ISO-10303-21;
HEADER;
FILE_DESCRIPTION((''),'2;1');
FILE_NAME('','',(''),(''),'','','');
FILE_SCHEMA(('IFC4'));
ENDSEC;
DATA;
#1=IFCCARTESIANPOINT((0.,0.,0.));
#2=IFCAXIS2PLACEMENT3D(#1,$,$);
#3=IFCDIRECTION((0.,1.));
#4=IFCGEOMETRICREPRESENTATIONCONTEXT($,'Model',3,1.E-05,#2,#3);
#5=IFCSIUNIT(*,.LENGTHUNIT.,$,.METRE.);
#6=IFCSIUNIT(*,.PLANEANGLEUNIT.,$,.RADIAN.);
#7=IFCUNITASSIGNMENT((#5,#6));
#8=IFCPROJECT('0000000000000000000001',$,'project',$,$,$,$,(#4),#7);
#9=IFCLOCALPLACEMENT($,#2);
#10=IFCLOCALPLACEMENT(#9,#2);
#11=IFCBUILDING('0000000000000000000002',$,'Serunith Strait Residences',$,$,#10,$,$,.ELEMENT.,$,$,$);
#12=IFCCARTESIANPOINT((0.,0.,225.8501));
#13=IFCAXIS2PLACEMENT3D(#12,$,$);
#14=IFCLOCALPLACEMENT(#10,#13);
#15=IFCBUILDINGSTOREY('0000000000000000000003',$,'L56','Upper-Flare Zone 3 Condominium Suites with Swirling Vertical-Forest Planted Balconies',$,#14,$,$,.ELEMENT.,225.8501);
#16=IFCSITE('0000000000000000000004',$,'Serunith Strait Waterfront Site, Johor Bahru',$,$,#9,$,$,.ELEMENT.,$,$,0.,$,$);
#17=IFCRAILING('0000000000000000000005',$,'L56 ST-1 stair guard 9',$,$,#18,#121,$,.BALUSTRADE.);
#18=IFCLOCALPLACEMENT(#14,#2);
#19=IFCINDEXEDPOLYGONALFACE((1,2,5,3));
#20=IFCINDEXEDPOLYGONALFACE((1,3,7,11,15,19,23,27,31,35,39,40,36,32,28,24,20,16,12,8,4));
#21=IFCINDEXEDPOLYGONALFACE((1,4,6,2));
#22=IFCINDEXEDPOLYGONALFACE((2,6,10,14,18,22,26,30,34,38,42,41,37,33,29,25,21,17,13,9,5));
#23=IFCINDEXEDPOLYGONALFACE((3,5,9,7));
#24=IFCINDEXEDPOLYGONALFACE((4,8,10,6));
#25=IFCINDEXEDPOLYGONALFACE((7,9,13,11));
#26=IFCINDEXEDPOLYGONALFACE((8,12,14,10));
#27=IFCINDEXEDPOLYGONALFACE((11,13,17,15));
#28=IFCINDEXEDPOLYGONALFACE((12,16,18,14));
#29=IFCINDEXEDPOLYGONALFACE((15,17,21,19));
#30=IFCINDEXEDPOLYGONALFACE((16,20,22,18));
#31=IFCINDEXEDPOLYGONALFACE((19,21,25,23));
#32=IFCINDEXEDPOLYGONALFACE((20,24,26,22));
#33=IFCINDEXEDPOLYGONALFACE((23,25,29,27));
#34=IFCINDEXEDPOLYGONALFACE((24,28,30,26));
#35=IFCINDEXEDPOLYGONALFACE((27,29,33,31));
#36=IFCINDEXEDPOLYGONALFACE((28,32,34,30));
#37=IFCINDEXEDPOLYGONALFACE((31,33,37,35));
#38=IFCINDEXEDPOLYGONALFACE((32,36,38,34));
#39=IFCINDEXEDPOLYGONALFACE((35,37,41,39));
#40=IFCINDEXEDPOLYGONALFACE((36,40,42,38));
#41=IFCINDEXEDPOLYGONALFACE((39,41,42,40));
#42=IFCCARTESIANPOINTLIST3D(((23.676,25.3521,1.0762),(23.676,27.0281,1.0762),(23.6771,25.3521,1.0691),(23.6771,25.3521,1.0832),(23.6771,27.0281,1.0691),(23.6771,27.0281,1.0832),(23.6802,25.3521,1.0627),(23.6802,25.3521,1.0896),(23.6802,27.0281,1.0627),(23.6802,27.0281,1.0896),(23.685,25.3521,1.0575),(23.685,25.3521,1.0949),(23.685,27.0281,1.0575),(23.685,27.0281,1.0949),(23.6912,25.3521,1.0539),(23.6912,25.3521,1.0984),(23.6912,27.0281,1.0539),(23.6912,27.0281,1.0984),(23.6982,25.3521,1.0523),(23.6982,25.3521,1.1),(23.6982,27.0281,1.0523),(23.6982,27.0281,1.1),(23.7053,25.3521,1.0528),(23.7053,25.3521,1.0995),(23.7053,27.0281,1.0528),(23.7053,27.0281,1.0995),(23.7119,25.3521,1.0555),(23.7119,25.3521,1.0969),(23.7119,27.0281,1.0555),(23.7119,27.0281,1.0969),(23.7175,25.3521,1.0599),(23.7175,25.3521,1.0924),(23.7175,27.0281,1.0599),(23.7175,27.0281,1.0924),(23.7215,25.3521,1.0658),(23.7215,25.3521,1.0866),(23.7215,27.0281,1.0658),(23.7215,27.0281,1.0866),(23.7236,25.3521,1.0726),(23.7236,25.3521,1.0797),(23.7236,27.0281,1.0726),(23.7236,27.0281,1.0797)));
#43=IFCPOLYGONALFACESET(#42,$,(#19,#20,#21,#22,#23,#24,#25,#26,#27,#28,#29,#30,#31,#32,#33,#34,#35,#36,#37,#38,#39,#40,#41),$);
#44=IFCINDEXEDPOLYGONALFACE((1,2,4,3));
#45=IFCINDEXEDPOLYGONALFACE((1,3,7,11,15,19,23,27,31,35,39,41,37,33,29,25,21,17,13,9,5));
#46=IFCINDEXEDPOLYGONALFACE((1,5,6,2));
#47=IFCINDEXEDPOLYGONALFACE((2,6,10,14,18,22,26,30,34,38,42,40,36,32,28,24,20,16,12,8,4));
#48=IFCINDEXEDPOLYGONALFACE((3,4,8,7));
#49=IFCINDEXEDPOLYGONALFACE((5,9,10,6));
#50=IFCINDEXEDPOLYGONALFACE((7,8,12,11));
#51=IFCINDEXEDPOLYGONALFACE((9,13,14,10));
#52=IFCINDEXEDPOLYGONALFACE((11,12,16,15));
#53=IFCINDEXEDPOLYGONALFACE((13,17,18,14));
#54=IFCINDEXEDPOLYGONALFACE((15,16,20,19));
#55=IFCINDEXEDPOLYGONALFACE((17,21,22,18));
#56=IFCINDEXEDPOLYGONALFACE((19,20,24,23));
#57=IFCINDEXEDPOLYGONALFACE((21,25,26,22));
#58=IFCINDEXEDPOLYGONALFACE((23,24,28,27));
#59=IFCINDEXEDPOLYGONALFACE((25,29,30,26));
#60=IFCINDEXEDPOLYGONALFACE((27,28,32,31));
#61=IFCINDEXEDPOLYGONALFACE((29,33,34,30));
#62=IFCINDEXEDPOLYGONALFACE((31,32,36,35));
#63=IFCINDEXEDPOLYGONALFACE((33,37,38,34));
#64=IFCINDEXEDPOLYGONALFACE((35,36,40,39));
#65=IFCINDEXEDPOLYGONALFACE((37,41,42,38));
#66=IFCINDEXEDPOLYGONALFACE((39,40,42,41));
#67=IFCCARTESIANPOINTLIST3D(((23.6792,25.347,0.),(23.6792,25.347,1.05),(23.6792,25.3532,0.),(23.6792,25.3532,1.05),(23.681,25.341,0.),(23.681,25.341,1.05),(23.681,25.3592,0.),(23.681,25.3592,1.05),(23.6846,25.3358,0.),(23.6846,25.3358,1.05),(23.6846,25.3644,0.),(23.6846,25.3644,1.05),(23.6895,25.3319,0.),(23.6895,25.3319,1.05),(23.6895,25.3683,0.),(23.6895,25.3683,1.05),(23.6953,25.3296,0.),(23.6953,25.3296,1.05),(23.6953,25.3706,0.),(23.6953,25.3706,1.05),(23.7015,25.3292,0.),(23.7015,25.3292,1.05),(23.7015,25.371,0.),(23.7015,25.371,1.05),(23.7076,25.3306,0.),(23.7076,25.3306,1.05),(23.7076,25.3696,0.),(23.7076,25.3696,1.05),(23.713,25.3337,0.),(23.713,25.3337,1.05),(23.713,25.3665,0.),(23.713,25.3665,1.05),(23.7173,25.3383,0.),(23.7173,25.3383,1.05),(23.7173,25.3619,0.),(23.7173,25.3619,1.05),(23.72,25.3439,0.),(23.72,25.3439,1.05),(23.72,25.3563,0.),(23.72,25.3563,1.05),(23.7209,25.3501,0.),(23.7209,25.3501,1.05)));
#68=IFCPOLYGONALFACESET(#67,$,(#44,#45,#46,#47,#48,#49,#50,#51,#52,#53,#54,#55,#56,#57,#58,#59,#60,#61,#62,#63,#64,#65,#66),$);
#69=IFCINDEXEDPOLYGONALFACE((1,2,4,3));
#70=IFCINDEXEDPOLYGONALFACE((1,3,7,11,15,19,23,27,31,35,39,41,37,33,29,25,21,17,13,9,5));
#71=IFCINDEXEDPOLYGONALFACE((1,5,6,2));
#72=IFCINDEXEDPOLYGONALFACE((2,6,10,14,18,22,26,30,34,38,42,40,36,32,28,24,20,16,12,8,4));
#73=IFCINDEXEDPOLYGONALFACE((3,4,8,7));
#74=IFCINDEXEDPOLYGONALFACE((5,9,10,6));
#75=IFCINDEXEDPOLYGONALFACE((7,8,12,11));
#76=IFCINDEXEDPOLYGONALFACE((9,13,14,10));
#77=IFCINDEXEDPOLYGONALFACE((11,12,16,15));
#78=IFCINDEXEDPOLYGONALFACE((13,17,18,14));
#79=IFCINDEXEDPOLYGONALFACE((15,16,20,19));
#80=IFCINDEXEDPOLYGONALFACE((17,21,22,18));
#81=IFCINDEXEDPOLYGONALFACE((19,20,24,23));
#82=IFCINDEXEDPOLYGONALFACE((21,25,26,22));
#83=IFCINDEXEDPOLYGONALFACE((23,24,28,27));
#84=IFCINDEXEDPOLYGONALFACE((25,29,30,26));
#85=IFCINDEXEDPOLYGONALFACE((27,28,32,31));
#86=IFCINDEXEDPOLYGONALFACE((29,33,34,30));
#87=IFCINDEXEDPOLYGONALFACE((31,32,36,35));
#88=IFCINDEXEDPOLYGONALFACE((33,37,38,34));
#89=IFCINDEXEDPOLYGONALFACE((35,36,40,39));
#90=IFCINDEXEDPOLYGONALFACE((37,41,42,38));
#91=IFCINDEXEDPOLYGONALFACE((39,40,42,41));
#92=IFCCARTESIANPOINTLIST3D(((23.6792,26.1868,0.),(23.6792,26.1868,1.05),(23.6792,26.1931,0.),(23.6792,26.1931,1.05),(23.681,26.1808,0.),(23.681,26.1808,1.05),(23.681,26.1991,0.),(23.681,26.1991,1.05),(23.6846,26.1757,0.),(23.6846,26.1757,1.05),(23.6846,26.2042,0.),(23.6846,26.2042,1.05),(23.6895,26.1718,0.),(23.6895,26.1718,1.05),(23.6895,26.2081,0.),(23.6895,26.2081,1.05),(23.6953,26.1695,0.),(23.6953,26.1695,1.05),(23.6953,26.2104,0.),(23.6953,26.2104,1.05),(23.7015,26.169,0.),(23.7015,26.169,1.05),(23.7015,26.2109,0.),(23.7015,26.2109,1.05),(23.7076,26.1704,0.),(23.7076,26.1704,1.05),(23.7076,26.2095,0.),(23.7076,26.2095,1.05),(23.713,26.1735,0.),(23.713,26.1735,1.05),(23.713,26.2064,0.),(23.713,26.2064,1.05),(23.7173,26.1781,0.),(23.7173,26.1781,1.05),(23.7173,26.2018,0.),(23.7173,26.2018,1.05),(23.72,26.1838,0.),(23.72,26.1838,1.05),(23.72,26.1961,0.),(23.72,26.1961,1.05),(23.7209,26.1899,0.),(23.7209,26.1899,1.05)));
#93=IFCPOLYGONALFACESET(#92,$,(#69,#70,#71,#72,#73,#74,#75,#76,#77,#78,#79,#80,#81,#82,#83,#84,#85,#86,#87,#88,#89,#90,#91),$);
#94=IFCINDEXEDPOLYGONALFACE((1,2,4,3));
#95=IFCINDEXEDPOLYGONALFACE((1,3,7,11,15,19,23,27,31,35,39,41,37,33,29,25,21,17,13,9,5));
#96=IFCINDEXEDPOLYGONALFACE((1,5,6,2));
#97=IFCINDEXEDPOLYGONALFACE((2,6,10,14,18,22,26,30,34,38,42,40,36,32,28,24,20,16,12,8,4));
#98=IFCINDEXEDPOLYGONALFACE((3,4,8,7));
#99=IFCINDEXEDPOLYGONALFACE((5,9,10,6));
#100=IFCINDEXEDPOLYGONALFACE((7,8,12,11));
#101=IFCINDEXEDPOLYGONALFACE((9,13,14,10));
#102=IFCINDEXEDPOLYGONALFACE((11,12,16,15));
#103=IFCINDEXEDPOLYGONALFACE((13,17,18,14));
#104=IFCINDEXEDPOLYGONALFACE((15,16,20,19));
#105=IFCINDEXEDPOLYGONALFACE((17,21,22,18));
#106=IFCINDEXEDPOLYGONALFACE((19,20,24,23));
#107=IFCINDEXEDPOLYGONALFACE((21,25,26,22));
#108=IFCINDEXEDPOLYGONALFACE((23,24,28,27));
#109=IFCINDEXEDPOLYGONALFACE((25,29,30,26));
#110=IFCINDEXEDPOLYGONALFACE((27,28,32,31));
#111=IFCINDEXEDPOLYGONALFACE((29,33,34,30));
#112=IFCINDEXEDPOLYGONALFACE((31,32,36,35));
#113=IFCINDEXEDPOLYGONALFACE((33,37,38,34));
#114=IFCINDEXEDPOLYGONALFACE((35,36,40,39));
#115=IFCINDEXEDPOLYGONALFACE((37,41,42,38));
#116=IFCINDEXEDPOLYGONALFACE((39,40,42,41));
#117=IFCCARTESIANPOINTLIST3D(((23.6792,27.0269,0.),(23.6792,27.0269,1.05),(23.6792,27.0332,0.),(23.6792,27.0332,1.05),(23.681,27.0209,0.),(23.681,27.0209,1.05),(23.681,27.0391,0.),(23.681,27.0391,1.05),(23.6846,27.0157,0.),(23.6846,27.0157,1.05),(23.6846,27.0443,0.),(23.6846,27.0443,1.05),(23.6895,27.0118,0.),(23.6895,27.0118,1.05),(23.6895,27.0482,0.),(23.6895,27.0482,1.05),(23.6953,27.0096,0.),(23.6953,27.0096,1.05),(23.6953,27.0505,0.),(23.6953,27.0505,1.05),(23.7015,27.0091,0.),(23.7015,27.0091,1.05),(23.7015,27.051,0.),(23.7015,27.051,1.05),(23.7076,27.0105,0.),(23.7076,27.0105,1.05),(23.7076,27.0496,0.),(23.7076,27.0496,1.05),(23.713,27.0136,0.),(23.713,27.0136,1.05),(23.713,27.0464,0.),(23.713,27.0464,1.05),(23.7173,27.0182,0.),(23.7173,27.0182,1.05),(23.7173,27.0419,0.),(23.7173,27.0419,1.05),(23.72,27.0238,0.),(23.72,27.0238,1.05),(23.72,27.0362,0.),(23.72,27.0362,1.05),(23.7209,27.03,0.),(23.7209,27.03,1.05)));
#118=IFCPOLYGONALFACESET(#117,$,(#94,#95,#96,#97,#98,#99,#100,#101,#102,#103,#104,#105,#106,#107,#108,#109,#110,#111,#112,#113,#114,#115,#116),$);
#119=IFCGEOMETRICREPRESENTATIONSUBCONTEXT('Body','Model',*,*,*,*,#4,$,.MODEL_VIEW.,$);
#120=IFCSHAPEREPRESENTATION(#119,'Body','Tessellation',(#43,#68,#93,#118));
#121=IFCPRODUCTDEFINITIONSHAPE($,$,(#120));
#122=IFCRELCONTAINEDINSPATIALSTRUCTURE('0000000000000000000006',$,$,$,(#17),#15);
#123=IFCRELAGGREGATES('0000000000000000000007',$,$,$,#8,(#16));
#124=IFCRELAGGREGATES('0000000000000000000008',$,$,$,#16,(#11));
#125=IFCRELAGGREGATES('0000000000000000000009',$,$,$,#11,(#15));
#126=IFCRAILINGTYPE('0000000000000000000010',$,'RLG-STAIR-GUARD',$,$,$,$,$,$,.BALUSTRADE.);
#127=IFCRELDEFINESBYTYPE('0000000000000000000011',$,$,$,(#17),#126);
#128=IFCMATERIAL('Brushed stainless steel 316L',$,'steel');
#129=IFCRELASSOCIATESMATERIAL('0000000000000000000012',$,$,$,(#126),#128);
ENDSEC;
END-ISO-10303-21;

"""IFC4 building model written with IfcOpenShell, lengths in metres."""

from ifc_helpers import new_model, si_unit, direction, frame, origin, origin_2d, place, context, subcontext, project, spatial, circle, extrude, material, type_object, element, save


model = new_model("IFC4")

# Units and contexts
model_context = context("Model", 3, precision=1e-05, world=origin(), true_north=direction((0.0, 1.0)))
body_context = subcontext(model_context, "Body", "Model", "MODEL_VIEW")
ifc_project = project(units=[si_unit("LENGTHUNIT", "METRE"), si_unit("PLANEANGLEUNIT", "RADIAN")], contexts=[model_context])

# Site, building, storey
site_placement = place(None, origin())
site = spatial("IfcSite", under=ifc_project, at=site_placement, Name="Serunith Strait Waterfront Site, Johor Bahru", CompositionType="ELEMENT", RefElevation=0.0)
building_placement = place(site_placement, origin())
building = spatial("IfcBuilding", under=site, at=building_placement, Name="Serunith Strait Residences", CompositionType="ELEMENT")
storey_placement = place(building_placement, frame((0.0, 0.0, 225.8501)))
storey = spatial("IfcBuildingStorey", under=building, at=storey_placement, Name="L56", Description="Upper-Flare Zone 3 Condominium Suites with Swirling Vertical-Forest Planted Balconies", CompositionType="ELEMENT", Elevation=225.8501)

# Railing
ifc_material_1 = material(Name="Brushed stainless steel 316L", Category="steel")
railing_type_1 = type_object("IfcRailingType", Name="RLG-STAIR-GUARD", PredefinedType="BALUSTRADE", material=ifc_material_1)
for number, where, name in (
    (1, (23.7, 25.3501, 0.0), "L56 ST-1 stair guard 9"),
):
    element("IfcRailing", number, at=place(storey_placement, frame(where)), inside=storey, type_object=railing_type_1, Name=name, PredefinedType="BALUSTRADE", context=body_context, shape_type="SweptSolid", body=[
        extrude(circle(Radius=0.0239, at=origin_2d()), frame((0.0, 0.002, 1.0762), z_axis=(0.0, 1.0, 0.0), x_axis=(-1.0, 0.0, 0.0)), (0.0, 0.0, 1.0), 1.676),
        extrude(circle(Radius=0.021, at=origin_2d()), origin(), (0.0, 0.0, 1.0), 1.05),
        extrude(circle(Radius=0.021, at=origin_2d()), frame((0.0, 0.8398, 0.0)), (0.0, 0.0, 1.0), 1.05),
        extrude(circle(Radius=0.021, at=origin_2d()), frame((0.0, 1.6799, 0.0)), (0.0, 0.0, 1.0), 1.05),
    ])

save(model, "model.ifc")
